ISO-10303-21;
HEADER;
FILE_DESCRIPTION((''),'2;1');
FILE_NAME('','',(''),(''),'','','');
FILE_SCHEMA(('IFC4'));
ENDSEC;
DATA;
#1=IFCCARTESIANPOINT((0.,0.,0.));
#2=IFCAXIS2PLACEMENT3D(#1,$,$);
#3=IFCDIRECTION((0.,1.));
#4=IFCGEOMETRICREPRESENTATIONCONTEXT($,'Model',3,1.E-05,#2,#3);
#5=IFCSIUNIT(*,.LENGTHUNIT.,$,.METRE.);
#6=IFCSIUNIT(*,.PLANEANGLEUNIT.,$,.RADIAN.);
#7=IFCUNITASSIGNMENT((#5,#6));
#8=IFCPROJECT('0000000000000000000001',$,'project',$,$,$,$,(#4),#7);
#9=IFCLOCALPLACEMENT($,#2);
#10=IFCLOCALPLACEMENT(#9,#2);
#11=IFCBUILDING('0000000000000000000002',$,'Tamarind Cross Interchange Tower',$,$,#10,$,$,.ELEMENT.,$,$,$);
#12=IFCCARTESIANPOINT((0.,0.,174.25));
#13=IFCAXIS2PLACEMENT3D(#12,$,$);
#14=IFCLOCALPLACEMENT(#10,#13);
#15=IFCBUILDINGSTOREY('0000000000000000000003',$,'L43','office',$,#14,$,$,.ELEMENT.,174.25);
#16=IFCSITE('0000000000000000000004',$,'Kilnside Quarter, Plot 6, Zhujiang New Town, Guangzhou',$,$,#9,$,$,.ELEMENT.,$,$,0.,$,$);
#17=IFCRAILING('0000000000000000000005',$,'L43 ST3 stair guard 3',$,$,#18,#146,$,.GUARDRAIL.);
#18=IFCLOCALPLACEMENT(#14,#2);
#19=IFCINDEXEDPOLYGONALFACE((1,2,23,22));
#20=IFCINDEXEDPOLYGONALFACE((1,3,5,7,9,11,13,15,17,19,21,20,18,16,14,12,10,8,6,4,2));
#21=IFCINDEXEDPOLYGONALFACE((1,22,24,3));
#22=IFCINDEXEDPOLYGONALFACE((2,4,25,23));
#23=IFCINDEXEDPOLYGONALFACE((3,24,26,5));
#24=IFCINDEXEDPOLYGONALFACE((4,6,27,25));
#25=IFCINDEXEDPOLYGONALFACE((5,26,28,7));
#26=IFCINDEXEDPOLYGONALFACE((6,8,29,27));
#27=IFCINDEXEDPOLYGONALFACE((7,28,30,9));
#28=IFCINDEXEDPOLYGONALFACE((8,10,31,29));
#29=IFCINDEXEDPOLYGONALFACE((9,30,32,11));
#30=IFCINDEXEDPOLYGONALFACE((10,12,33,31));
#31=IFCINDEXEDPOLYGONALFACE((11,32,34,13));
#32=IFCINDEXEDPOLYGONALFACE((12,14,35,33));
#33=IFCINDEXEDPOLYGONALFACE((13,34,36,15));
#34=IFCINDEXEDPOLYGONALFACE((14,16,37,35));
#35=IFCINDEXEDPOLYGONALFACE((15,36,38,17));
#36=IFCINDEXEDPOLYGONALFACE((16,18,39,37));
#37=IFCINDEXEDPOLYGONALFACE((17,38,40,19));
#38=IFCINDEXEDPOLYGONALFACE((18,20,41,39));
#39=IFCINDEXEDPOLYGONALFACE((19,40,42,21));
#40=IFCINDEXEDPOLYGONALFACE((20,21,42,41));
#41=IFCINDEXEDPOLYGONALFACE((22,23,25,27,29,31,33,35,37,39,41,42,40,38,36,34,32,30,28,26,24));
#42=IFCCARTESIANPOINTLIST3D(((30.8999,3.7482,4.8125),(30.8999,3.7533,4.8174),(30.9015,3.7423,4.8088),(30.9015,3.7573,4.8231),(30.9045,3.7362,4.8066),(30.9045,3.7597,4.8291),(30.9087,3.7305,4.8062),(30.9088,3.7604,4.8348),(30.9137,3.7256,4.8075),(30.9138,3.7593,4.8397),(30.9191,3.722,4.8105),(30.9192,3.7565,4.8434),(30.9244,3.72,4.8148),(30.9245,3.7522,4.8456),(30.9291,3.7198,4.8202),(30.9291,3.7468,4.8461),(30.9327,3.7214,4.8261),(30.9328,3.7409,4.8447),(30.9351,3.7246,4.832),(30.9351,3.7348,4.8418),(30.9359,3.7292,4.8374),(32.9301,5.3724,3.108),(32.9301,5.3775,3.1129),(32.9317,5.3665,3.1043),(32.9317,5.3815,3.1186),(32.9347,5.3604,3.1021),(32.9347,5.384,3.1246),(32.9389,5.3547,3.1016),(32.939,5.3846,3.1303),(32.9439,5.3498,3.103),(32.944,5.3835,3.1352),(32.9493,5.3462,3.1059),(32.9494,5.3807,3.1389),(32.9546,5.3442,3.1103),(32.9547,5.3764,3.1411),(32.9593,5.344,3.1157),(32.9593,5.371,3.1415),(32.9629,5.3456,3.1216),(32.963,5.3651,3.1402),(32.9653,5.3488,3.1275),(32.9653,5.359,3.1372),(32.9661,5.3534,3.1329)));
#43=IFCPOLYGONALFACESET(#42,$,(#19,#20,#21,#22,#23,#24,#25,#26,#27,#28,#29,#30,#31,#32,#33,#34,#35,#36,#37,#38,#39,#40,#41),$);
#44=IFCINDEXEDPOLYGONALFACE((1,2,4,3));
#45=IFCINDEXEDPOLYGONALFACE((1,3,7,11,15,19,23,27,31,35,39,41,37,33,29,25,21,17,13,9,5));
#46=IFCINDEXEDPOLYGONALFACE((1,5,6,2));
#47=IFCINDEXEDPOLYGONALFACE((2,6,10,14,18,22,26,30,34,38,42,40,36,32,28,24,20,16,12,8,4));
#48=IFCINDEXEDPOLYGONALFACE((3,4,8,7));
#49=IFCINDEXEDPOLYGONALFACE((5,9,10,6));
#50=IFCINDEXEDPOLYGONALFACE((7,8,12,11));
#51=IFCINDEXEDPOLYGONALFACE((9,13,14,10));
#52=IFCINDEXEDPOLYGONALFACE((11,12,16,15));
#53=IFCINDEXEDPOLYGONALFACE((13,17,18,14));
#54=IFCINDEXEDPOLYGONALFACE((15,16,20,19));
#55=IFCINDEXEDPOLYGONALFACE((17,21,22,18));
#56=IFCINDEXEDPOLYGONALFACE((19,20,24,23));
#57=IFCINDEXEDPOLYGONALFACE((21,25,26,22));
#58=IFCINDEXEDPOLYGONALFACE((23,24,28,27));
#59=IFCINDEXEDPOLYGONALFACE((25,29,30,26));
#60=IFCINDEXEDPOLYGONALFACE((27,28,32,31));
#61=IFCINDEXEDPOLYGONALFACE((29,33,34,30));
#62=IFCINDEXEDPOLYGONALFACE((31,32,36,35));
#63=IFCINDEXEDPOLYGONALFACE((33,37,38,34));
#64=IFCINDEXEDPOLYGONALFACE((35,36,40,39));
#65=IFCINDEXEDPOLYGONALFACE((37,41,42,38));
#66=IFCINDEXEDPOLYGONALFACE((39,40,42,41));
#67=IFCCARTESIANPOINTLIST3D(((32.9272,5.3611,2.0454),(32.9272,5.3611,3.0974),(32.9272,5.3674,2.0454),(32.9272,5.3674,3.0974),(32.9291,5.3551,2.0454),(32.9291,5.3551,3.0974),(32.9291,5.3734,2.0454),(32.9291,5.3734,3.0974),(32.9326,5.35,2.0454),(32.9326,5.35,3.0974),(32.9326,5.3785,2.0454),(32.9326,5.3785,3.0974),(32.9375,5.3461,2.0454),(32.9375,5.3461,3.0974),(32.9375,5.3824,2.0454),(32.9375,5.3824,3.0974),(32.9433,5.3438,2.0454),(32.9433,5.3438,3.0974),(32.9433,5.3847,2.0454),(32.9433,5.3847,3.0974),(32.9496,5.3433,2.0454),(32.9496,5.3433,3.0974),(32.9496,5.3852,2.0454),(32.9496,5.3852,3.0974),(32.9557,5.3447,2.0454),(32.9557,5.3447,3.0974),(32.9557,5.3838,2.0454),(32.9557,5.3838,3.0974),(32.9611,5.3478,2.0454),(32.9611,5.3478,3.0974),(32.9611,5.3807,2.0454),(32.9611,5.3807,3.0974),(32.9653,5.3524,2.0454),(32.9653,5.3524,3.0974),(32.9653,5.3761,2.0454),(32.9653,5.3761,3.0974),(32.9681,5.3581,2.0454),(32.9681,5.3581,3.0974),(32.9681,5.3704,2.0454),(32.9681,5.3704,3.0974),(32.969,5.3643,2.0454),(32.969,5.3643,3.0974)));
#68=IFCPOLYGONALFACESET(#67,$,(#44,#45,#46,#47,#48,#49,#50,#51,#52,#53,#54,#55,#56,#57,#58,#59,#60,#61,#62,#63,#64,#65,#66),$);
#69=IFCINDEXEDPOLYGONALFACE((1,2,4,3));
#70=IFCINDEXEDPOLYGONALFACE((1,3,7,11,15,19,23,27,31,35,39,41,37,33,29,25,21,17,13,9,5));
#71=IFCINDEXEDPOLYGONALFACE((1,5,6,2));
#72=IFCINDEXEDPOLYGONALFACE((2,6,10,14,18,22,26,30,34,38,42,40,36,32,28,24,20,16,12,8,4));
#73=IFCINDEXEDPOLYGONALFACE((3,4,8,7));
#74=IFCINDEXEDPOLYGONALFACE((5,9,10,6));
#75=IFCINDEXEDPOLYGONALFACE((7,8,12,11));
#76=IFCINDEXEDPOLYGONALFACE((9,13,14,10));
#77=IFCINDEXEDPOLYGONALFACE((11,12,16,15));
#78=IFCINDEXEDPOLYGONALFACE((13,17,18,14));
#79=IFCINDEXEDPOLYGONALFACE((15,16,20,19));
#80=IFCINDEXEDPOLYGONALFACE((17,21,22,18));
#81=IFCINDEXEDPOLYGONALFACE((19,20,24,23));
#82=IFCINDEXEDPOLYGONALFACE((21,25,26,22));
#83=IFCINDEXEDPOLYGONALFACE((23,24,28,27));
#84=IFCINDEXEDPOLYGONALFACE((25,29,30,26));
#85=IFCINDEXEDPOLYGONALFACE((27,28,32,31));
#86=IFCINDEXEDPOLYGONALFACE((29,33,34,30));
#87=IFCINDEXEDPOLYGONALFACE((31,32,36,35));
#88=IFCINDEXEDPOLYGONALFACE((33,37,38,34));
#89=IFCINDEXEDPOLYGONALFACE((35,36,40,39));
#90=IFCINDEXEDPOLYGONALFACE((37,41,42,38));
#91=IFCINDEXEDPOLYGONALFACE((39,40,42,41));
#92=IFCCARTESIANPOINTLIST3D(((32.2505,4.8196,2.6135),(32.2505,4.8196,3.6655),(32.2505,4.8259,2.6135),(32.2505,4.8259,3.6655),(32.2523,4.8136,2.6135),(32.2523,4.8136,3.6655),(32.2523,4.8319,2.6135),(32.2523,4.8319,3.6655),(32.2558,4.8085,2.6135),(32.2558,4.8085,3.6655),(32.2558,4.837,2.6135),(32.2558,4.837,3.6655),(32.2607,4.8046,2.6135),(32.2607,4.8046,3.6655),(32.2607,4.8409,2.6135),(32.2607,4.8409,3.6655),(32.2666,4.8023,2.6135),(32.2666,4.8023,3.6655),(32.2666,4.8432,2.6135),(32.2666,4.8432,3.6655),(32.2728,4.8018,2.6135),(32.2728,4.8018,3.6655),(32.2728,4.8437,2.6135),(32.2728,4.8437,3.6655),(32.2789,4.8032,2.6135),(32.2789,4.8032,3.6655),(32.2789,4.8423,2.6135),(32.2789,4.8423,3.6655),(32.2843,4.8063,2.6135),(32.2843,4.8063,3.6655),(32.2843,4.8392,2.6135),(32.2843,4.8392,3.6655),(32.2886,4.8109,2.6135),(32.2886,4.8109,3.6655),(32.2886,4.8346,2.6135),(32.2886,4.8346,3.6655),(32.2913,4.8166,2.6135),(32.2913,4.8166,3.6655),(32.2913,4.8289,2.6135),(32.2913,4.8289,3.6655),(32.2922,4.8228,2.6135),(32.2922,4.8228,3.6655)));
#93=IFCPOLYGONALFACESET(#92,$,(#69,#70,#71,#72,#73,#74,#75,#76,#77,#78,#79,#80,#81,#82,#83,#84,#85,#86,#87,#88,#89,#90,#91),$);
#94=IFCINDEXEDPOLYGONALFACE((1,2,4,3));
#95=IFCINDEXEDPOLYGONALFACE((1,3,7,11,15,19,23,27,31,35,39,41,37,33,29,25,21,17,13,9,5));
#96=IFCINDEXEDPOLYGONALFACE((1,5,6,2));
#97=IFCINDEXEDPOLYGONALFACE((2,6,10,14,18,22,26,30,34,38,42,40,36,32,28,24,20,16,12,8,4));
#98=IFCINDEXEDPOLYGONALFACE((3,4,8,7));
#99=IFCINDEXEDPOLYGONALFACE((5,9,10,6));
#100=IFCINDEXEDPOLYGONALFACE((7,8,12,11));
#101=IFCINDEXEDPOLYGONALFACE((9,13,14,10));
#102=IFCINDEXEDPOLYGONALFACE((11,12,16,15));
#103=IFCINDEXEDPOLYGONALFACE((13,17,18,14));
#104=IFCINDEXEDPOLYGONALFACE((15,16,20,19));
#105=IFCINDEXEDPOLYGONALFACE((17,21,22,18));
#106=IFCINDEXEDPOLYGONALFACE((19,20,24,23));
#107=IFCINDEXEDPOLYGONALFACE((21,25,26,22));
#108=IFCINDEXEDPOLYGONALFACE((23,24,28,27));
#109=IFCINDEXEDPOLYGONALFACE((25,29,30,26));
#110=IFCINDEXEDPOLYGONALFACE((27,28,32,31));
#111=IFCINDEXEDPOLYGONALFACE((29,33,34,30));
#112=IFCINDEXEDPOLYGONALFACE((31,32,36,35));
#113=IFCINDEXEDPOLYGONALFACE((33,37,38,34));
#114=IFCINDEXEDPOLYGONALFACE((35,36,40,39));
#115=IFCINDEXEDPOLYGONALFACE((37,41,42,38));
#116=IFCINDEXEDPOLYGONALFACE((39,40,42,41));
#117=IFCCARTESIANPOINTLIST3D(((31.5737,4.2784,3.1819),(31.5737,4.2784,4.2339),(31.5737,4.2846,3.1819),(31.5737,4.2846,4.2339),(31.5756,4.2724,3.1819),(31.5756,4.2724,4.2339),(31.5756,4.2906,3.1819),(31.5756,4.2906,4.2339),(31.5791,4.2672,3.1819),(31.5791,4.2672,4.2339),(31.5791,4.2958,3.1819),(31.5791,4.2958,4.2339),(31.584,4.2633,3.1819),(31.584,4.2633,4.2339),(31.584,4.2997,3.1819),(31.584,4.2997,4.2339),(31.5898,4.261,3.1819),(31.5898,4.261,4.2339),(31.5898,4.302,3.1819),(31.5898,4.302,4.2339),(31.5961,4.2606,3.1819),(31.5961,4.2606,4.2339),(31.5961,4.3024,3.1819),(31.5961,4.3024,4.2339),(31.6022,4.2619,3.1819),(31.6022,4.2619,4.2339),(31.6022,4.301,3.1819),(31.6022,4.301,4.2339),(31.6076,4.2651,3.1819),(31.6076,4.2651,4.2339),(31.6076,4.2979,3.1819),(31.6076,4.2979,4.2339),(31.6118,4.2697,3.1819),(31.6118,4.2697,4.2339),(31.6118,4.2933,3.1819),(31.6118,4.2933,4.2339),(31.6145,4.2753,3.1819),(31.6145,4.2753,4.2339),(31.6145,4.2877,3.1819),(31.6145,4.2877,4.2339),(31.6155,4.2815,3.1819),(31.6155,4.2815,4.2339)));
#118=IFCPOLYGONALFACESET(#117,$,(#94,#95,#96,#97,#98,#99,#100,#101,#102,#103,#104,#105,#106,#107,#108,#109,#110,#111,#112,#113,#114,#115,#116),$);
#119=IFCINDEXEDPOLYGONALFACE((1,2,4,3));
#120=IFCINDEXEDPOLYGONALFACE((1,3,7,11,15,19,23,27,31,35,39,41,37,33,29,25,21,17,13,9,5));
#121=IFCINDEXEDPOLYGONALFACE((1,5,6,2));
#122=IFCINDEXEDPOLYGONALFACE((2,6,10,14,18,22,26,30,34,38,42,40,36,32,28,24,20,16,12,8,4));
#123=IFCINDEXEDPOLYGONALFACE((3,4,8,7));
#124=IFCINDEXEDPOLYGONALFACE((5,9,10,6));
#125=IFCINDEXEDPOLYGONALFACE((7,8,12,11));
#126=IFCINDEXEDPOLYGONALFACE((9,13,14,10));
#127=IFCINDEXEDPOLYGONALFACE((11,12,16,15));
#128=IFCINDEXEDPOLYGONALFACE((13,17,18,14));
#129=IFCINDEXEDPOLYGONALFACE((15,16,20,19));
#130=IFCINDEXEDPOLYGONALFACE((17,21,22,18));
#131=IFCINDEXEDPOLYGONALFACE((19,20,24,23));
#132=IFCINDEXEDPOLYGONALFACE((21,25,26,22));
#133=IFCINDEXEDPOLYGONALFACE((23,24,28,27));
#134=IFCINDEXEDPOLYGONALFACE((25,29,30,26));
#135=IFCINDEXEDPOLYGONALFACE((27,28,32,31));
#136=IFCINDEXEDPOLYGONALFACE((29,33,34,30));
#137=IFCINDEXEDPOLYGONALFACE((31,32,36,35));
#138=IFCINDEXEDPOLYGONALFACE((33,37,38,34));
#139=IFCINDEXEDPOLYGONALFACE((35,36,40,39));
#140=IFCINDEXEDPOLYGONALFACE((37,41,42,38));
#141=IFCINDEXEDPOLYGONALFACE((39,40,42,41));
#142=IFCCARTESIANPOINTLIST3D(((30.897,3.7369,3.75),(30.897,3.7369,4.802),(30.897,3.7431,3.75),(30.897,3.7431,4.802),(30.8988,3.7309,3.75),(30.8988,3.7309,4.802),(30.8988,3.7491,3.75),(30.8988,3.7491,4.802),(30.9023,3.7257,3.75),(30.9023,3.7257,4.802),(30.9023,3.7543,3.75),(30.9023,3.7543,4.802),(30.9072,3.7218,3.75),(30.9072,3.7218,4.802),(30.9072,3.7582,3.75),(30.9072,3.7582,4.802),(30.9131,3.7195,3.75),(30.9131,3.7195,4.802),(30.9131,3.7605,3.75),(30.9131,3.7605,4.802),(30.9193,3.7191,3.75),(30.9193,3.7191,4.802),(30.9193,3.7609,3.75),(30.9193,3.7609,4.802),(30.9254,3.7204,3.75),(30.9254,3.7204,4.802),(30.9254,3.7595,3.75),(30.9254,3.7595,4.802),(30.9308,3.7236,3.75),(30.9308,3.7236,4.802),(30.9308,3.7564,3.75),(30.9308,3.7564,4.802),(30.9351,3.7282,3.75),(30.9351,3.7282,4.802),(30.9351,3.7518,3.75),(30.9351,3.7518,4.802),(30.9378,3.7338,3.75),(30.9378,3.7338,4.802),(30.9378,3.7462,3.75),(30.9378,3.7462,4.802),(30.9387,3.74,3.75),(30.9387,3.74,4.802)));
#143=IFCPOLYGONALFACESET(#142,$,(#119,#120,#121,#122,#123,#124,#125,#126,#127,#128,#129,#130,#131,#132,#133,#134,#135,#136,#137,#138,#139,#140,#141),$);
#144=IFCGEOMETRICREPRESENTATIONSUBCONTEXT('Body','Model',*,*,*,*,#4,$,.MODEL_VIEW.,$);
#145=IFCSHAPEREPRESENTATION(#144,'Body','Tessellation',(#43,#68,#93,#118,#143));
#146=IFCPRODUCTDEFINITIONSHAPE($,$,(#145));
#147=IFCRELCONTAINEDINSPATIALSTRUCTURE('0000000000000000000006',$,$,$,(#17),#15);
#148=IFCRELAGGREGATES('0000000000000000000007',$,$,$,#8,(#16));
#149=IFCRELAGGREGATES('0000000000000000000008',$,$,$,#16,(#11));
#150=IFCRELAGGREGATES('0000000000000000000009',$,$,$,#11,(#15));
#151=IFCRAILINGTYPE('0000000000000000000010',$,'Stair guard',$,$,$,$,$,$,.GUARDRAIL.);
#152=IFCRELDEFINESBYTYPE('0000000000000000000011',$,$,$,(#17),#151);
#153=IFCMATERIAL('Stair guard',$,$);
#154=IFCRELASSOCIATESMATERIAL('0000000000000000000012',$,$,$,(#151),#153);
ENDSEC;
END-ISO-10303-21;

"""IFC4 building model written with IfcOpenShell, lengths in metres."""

from ifc_helpers import new_model, si_unit, direction, frame, origin, origin_2d, place, context, subcontext, project, spatial, circle, extrude, material, type_object, element, save


model = new_model("IFC4")

# Units and contexts
model_context = context("Model", 3, precision=1e-05, world=origin(), true_north=direction((0.0, 1.0)))
body_context = subcontext(model_context, "Body", "Model", "MODEL_VIEW")
ifc_project = project(units=[si_unit("LENGTHUNIT", "METRE"), si_unit("PLANEANGLEUNIT", "RADIAN")], contexts=[model_context])

# Site, building, storey
site_placement = place(None, origin())
site = spatial("IfcSite", under=ifc_project, at=site_placement, Name="Kilnside Quarter, Plot 6, Zhujiang New Town, Guangzhou", CompositionType="ELEMENT", RefElevation=0.0)
building_placement = place(site_placement, origin())
building = spatial("IfcBuilding", under=site, at=building_placement, Name="Tamarind Cross Interchange Tower", CompositionType="ELEMENT")
storey_placement = place(building_placement, frame((0.0, 0.0, 174.25)))
storey = spatial("IfcBuildingStorey", under=building, at=storey_placement, Name="L43", Description="office", CompositionType="ELEMENT", Elevation=174.25)

# Railing
ifc_material_1 = material(Name="Stair guard")
railing_type_1 = type_object("IfcRailingType", Name="Stair guard", PredefinedType="GUARDRAIL", material=ifc_material_1)
railing_1_placement = place(storey_placement, frame((32.948, 5.3643, 2.0454)))
element("IfcRailing", 1, at=railing_1_placement, inside=storey, type_object=railing_type_1, Name="L43 ST3 stair guard 3", PredefinedType="GUARDRAIL", context=body_context, shape_type="SweptSolid", body=[
    extrude(circle(Radius=0.0239, at=origin_2d()), frame((0.0, 0.0, 1.0762), z_axis=(-0.653031, -0.52244, 0.548276), x_axis=(0.624706, -0.78086, 0.0)), (0.0, 0.0, 1.0), 3.1089),
    extrude(circle(Radius=0.021, at=origin_2d()), origin(), (0.0, 0.0, 1.0), 1.052),
    extrude(circle(Radius=0.021, at=origin_2d()), frame((-0.6768, -0.5415, 0.5681)), (0.0, 0.0, 1.0), 1.052),
    extrude(circle(Radius=0.021, at=origin_2d()), frame((-1.3535, -1.0828, 1.1365)), (0.0, 0.0, 1.0), 1.052),
    extrude(circle(Radius=0.021, at=origin_2d()), frame((-2.0303, -1.6243, 1.7046)), (0.0, 0.0, 1.0), 1.052),
])

save(model, "model.ifc")
